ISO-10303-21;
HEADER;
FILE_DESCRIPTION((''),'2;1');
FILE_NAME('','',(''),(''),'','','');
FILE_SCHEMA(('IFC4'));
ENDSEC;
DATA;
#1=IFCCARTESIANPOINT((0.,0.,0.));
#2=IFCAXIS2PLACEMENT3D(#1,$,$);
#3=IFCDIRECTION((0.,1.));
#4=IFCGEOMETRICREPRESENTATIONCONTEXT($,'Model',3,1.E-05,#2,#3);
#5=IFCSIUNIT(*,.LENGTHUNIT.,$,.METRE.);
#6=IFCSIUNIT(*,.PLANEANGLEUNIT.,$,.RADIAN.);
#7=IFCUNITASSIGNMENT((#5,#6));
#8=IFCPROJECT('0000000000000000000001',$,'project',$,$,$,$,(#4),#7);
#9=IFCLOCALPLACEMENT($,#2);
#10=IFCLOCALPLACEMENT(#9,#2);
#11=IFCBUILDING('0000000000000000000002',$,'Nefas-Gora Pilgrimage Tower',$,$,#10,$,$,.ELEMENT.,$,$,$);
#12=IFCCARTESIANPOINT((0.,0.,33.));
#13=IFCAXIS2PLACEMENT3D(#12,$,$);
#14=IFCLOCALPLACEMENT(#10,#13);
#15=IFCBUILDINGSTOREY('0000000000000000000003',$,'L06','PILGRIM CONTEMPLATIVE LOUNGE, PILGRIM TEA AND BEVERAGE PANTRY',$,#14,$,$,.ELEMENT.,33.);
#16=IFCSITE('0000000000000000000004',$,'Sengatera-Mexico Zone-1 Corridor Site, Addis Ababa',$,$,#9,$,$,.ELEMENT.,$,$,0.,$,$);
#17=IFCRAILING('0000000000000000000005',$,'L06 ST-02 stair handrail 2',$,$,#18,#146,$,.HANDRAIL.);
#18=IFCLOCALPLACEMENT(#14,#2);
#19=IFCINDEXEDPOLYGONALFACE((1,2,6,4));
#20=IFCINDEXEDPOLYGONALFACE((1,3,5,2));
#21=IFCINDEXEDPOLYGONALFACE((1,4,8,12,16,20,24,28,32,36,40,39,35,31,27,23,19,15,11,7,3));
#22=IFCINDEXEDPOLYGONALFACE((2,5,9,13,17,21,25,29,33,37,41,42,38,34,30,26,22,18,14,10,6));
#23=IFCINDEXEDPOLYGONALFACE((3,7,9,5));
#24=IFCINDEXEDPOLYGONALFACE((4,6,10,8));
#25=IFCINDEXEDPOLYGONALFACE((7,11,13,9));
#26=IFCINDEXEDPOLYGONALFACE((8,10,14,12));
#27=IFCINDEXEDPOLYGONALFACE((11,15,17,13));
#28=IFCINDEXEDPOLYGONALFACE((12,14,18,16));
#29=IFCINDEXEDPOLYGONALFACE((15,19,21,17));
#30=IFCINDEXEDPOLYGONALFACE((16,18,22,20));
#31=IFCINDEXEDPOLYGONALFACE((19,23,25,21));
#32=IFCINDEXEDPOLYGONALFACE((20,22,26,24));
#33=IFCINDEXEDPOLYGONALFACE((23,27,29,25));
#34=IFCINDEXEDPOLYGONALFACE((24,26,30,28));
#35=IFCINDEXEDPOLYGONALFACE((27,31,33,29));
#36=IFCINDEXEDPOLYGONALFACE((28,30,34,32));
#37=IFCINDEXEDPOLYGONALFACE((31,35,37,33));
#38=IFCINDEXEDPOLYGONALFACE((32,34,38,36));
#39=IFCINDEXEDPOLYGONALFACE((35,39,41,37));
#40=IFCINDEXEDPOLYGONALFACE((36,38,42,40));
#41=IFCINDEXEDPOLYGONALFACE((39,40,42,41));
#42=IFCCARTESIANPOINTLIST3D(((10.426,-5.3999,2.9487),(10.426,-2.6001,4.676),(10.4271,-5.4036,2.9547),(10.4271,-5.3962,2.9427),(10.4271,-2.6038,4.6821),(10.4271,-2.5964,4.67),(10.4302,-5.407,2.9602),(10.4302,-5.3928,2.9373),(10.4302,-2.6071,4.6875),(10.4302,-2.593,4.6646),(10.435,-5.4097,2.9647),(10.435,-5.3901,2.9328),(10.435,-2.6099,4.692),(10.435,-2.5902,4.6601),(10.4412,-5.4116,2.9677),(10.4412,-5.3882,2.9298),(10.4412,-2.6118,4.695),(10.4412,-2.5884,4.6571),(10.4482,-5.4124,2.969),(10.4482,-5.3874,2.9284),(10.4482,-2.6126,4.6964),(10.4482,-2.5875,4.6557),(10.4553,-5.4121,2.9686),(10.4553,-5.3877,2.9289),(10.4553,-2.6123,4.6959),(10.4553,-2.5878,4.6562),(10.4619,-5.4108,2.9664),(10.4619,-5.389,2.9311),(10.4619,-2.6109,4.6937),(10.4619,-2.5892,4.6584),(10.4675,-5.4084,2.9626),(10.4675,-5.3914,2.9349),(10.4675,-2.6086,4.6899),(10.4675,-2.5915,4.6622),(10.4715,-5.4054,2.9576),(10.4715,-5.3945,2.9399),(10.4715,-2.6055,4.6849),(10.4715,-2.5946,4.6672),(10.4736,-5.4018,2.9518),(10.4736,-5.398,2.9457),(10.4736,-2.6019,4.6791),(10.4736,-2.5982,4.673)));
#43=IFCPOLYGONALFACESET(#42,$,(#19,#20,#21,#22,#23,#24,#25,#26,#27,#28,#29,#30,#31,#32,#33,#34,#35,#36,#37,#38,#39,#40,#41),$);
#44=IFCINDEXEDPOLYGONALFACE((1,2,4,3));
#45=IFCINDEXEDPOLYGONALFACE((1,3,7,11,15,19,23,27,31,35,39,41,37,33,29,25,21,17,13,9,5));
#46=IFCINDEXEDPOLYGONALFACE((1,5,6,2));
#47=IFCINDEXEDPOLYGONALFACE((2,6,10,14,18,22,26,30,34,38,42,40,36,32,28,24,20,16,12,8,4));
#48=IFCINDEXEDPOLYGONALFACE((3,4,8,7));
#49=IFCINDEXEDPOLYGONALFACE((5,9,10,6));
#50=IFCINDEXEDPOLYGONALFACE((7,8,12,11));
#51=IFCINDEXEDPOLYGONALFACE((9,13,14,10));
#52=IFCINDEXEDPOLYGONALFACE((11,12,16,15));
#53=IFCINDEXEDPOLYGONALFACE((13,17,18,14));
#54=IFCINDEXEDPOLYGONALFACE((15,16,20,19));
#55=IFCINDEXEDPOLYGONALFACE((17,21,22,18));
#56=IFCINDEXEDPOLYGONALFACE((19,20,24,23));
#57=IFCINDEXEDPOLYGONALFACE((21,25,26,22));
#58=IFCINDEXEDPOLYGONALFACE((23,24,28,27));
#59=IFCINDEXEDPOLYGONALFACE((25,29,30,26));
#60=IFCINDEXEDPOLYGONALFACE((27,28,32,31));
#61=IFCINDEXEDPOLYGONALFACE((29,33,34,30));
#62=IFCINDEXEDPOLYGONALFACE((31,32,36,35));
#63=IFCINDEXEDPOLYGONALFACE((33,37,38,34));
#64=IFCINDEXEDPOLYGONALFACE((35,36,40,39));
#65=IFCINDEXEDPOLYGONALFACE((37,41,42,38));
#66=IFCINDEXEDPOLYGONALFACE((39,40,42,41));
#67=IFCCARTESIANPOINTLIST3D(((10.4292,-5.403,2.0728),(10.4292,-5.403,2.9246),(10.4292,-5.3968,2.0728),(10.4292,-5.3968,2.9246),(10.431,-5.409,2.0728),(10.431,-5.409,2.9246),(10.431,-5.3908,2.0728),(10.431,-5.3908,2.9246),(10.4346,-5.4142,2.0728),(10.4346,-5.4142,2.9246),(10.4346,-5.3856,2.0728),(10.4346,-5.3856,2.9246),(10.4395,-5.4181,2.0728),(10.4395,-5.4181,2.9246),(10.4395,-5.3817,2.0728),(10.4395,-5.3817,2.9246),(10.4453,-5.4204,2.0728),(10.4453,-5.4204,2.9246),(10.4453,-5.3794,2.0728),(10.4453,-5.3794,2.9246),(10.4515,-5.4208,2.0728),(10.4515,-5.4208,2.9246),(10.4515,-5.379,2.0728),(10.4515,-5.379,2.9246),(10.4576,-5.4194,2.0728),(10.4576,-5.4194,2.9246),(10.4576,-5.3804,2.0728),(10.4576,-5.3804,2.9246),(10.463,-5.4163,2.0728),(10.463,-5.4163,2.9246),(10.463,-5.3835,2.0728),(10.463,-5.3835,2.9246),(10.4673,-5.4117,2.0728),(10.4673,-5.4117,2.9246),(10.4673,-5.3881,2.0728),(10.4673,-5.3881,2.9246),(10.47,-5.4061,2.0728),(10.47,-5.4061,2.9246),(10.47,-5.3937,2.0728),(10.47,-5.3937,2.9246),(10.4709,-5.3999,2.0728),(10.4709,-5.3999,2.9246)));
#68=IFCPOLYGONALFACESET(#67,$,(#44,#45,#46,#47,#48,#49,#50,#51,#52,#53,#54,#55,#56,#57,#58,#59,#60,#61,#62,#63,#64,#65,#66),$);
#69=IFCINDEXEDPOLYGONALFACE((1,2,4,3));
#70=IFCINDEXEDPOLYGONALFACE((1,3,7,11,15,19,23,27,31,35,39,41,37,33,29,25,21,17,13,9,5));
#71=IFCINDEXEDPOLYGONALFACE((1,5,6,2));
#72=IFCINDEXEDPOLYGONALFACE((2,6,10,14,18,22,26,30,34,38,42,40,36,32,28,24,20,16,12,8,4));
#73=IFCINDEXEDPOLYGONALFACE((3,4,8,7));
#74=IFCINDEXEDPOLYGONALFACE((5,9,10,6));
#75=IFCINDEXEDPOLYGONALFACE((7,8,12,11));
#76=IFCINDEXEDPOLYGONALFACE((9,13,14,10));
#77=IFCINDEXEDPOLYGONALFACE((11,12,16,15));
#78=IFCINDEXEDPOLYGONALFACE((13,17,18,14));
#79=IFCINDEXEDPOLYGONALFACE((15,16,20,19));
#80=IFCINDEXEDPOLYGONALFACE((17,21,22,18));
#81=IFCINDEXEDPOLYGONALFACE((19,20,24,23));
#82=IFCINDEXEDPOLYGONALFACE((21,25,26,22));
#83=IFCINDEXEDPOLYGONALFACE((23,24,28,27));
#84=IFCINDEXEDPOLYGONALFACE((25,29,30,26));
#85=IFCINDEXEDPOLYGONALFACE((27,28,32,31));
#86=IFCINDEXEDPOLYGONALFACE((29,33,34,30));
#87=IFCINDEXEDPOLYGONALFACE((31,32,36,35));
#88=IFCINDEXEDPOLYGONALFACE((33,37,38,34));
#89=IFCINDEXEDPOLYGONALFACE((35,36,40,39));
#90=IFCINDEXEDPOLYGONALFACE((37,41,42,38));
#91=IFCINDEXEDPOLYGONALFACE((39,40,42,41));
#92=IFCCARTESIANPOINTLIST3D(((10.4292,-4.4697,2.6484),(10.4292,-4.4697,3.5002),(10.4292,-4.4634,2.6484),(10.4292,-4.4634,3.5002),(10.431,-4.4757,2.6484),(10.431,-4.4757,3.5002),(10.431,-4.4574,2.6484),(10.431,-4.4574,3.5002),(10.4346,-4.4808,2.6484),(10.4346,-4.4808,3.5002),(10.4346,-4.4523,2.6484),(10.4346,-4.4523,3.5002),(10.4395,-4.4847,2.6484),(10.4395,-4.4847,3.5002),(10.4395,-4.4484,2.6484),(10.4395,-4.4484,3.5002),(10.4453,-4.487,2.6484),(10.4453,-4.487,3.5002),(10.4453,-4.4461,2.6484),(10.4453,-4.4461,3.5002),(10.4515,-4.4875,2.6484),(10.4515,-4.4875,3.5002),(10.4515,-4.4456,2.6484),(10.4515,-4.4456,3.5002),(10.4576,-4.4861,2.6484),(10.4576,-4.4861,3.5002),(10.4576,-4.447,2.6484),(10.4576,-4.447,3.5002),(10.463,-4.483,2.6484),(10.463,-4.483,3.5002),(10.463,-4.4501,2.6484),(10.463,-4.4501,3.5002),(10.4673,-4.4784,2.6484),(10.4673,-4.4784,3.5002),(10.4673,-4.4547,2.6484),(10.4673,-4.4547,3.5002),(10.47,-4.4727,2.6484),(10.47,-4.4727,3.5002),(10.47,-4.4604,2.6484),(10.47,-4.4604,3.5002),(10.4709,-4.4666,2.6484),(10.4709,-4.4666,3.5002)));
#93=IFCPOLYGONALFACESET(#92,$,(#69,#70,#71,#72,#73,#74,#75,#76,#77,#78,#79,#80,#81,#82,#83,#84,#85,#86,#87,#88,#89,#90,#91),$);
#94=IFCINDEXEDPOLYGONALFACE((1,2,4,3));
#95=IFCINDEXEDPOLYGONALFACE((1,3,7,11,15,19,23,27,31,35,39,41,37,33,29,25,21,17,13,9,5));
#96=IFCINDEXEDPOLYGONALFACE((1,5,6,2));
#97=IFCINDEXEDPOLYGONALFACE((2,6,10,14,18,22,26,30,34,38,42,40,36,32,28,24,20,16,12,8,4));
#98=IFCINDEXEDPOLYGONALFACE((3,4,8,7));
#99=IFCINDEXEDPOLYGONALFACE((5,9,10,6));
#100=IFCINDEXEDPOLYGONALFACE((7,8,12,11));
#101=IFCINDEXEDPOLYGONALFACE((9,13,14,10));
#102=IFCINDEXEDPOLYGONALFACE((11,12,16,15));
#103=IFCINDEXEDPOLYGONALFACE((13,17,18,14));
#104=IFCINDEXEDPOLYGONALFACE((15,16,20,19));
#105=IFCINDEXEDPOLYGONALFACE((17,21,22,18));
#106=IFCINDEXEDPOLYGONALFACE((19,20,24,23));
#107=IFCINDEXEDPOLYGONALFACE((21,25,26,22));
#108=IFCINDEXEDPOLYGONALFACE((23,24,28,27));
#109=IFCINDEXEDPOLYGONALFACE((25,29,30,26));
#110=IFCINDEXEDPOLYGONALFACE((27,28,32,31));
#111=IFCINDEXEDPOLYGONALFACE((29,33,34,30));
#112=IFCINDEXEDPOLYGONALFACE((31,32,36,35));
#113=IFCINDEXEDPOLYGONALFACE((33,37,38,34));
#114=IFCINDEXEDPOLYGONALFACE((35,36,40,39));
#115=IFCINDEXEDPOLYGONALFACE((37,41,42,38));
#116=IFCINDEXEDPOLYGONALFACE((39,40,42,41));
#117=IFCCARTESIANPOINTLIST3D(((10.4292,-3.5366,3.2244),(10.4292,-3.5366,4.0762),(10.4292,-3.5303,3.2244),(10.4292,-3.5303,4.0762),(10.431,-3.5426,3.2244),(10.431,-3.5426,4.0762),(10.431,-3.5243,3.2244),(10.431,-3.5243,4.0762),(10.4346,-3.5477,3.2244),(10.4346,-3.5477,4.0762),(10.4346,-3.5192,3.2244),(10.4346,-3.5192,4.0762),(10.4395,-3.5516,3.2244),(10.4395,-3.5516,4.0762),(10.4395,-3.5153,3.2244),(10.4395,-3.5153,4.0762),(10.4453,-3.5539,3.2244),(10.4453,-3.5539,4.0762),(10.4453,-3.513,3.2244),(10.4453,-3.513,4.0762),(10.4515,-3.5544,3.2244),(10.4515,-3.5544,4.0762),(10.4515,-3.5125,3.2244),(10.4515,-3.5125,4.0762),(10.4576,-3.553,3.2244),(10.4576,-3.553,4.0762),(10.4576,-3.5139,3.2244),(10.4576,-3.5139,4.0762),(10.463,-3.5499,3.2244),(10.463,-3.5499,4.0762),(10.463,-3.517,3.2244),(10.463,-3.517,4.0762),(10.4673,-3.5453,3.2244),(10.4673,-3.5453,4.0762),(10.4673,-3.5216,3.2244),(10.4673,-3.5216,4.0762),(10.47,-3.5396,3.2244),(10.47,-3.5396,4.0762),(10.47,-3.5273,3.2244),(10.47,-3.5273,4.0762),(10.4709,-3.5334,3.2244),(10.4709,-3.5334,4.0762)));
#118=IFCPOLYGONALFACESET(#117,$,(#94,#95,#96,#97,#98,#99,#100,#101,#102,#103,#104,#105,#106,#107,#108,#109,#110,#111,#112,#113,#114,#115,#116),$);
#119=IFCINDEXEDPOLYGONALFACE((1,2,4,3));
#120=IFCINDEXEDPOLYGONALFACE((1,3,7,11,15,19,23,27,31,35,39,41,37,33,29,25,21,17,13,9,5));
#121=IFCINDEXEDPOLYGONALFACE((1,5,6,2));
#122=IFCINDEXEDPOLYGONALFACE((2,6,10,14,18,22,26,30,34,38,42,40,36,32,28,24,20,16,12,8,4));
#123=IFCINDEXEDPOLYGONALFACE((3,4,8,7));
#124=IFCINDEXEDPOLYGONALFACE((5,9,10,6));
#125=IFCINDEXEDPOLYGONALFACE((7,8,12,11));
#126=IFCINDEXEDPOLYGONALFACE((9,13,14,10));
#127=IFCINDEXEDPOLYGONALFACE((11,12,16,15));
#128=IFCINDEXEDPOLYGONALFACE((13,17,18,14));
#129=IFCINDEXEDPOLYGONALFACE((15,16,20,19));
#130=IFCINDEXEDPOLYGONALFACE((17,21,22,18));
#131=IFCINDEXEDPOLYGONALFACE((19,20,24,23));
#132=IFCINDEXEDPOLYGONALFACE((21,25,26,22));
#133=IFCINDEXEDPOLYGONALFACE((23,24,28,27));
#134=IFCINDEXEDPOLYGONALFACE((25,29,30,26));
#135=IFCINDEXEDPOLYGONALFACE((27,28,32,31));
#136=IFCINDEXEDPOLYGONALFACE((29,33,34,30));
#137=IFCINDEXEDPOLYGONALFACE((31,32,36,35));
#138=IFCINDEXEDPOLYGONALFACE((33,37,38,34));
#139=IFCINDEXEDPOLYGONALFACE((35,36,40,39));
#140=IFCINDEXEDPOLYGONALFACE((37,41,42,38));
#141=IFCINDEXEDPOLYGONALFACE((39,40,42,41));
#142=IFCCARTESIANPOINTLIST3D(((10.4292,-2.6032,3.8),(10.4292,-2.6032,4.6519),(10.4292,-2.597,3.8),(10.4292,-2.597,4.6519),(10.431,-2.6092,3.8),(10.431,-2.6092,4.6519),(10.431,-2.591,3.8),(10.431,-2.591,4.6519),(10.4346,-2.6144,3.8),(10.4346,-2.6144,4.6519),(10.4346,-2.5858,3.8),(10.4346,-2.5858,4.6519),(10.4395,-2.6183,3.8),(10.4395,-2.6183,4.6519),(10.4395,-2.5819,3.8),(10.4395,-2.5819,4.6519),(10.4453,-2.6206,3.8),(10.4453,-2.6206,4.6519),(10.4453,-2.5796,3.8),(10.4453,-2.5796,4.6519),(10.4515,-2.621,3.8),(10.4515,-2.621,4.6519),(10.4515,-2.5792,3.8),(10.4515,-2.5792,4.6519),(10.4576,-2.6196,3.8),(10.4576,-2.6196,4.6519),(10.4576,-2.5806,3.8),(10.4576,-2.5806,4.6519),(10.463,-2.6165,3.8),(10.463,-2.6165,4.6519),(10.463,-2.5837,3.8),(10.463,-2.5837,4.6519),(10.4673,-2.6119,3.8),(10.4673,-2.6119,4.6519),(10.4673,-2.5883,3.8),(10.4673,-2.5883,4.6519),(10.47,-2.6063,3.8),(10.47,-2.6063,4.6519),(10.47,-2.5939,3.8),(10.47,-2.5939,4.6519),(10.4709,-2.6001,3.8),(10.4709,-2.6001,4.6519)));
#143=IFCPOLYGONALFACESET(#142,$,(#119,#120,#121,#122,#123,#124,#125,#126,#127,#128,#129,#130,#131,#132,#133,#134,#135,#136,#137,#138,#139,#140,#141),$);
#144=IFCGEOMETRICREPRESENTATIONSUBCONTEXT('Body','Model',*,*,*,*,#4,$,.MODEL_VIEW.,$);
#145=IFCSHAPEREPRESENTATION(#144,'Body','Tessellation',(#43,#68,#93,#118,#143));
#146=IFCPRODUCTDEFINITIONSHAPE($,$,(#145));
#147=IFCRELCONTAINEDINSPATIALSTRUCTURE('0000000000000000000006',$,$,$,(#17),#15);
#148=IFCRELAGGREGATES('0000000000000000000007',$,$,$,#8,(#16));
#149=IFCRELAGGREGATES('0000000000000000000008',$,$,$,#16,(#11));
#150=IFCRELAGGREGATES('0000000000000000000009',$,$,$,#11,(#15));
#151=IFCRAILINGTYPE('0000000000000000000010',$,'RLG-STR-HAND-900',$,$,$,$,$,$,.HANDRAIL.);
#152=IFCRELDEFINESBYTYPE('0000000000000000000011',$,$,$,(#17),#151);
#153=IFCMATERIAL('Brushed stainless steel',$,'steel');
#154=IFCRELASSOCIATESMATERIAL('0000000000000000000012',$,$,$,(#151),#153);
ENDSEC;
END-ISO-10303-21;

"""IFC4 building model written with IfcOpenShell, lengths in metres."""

from ifc_helpers import new_model, si_unit, direction, frame, origin, origin_2d, place, context, subcontext, project, spatial, circle, extrude, material, type_object, element, save


model = new_model("IFC4")

# Units and contexts
model_context = context("Model", 3, precision=1e-05, world=origin(), true_north=direction((0.0, 1.0)))
body_context = subcontext(model_context, "Body", "Model", "MODEL_VIEW")
ifc_project = project(units=[si_unit("LENGTHUNIT", "METRE"), si_unit("PLANEANGLEUNIT", "RADIAN")], contexts=[model_context])

# Site, building, storey
site_placement = place(None, origin())
site = spatial("IfcSite", under=ifc_project, at=site_placement, Name="Sengatera-Mexico Zone-1 Corridor Site, Addis Ababa", CompositionType="ELEMENT", RefElevation=0.0)
building_placement = place(site_placement, origin())
building = spatial("IfcBuilding", under=site, at=building_placement, Name="Nefas-Gora Pilgrimage Tower", CompositionType="ELEMENT")
storey_placement = place(building_placement, frame((0.0, 0.0, 33.0)))
storey = spatial("IfcBuildingStorey", under=building, at=storey_placement, Name="L06", Description="PILGRIM CONTEMPLATIVE LOUNGE, PILGRIM TEA AND BEVERAGE PANTRY", CompositionType="ELEMENT", Elevation=33.0)

# Railing
ifc_material_1 = material(Name="Brushed stainless steel", Category="steel")
railing_type_1 = type_object("IfcRailingType", Name="RLG-STR-HAND-900", PredefinedType="HANDRAIL", material=ifc_material_1)
railing_1_placement = place(storey_placement, frame((10.45, -5.3999, 2.0728)))
element("IfcRailing", 1, at=railing_1_placement, inside=storey, type_object=railing_type_1, Name="L06 ST-02 stair handrail 2", PredefinedType="HANDRAIL", context=body_context, shape_type="SweptSolid", body=[
    extrude(circle(Radius=0.0239, at=origin_2d()), frame((0.0, 0.0, 0.876), z_axis=(0.0, 0.851069, 0.525054), x_axis=(-1.0, 0.0, 0.0)), (0.0, 0.0, 1.0), 3.2898),
    extrude(circle(Radius=0.021, at=origin_2d()), origin(), (0.0, 0.0, 1.0), 0.8518),
    extrude(circle(Radius=0.021, at=origin_2d()), frame((0.0, 0.9333, 0.5757)), (0.0, 0.0, 1.0), 0.8518),
    extrude(circle(Radius=0.021, at=origin_2d()), frame((0.0, 1.8665, 1.1516)), (0.0, 0.0, 1.0), 0.8518),
    extrude(circle(Radius=0.021, at=origin_2d()), frame((0.0, 2.7998, 1.7273)), (0.0, 0.0, 1.0), 0.8518),
])

save(model, "model.ifc")
